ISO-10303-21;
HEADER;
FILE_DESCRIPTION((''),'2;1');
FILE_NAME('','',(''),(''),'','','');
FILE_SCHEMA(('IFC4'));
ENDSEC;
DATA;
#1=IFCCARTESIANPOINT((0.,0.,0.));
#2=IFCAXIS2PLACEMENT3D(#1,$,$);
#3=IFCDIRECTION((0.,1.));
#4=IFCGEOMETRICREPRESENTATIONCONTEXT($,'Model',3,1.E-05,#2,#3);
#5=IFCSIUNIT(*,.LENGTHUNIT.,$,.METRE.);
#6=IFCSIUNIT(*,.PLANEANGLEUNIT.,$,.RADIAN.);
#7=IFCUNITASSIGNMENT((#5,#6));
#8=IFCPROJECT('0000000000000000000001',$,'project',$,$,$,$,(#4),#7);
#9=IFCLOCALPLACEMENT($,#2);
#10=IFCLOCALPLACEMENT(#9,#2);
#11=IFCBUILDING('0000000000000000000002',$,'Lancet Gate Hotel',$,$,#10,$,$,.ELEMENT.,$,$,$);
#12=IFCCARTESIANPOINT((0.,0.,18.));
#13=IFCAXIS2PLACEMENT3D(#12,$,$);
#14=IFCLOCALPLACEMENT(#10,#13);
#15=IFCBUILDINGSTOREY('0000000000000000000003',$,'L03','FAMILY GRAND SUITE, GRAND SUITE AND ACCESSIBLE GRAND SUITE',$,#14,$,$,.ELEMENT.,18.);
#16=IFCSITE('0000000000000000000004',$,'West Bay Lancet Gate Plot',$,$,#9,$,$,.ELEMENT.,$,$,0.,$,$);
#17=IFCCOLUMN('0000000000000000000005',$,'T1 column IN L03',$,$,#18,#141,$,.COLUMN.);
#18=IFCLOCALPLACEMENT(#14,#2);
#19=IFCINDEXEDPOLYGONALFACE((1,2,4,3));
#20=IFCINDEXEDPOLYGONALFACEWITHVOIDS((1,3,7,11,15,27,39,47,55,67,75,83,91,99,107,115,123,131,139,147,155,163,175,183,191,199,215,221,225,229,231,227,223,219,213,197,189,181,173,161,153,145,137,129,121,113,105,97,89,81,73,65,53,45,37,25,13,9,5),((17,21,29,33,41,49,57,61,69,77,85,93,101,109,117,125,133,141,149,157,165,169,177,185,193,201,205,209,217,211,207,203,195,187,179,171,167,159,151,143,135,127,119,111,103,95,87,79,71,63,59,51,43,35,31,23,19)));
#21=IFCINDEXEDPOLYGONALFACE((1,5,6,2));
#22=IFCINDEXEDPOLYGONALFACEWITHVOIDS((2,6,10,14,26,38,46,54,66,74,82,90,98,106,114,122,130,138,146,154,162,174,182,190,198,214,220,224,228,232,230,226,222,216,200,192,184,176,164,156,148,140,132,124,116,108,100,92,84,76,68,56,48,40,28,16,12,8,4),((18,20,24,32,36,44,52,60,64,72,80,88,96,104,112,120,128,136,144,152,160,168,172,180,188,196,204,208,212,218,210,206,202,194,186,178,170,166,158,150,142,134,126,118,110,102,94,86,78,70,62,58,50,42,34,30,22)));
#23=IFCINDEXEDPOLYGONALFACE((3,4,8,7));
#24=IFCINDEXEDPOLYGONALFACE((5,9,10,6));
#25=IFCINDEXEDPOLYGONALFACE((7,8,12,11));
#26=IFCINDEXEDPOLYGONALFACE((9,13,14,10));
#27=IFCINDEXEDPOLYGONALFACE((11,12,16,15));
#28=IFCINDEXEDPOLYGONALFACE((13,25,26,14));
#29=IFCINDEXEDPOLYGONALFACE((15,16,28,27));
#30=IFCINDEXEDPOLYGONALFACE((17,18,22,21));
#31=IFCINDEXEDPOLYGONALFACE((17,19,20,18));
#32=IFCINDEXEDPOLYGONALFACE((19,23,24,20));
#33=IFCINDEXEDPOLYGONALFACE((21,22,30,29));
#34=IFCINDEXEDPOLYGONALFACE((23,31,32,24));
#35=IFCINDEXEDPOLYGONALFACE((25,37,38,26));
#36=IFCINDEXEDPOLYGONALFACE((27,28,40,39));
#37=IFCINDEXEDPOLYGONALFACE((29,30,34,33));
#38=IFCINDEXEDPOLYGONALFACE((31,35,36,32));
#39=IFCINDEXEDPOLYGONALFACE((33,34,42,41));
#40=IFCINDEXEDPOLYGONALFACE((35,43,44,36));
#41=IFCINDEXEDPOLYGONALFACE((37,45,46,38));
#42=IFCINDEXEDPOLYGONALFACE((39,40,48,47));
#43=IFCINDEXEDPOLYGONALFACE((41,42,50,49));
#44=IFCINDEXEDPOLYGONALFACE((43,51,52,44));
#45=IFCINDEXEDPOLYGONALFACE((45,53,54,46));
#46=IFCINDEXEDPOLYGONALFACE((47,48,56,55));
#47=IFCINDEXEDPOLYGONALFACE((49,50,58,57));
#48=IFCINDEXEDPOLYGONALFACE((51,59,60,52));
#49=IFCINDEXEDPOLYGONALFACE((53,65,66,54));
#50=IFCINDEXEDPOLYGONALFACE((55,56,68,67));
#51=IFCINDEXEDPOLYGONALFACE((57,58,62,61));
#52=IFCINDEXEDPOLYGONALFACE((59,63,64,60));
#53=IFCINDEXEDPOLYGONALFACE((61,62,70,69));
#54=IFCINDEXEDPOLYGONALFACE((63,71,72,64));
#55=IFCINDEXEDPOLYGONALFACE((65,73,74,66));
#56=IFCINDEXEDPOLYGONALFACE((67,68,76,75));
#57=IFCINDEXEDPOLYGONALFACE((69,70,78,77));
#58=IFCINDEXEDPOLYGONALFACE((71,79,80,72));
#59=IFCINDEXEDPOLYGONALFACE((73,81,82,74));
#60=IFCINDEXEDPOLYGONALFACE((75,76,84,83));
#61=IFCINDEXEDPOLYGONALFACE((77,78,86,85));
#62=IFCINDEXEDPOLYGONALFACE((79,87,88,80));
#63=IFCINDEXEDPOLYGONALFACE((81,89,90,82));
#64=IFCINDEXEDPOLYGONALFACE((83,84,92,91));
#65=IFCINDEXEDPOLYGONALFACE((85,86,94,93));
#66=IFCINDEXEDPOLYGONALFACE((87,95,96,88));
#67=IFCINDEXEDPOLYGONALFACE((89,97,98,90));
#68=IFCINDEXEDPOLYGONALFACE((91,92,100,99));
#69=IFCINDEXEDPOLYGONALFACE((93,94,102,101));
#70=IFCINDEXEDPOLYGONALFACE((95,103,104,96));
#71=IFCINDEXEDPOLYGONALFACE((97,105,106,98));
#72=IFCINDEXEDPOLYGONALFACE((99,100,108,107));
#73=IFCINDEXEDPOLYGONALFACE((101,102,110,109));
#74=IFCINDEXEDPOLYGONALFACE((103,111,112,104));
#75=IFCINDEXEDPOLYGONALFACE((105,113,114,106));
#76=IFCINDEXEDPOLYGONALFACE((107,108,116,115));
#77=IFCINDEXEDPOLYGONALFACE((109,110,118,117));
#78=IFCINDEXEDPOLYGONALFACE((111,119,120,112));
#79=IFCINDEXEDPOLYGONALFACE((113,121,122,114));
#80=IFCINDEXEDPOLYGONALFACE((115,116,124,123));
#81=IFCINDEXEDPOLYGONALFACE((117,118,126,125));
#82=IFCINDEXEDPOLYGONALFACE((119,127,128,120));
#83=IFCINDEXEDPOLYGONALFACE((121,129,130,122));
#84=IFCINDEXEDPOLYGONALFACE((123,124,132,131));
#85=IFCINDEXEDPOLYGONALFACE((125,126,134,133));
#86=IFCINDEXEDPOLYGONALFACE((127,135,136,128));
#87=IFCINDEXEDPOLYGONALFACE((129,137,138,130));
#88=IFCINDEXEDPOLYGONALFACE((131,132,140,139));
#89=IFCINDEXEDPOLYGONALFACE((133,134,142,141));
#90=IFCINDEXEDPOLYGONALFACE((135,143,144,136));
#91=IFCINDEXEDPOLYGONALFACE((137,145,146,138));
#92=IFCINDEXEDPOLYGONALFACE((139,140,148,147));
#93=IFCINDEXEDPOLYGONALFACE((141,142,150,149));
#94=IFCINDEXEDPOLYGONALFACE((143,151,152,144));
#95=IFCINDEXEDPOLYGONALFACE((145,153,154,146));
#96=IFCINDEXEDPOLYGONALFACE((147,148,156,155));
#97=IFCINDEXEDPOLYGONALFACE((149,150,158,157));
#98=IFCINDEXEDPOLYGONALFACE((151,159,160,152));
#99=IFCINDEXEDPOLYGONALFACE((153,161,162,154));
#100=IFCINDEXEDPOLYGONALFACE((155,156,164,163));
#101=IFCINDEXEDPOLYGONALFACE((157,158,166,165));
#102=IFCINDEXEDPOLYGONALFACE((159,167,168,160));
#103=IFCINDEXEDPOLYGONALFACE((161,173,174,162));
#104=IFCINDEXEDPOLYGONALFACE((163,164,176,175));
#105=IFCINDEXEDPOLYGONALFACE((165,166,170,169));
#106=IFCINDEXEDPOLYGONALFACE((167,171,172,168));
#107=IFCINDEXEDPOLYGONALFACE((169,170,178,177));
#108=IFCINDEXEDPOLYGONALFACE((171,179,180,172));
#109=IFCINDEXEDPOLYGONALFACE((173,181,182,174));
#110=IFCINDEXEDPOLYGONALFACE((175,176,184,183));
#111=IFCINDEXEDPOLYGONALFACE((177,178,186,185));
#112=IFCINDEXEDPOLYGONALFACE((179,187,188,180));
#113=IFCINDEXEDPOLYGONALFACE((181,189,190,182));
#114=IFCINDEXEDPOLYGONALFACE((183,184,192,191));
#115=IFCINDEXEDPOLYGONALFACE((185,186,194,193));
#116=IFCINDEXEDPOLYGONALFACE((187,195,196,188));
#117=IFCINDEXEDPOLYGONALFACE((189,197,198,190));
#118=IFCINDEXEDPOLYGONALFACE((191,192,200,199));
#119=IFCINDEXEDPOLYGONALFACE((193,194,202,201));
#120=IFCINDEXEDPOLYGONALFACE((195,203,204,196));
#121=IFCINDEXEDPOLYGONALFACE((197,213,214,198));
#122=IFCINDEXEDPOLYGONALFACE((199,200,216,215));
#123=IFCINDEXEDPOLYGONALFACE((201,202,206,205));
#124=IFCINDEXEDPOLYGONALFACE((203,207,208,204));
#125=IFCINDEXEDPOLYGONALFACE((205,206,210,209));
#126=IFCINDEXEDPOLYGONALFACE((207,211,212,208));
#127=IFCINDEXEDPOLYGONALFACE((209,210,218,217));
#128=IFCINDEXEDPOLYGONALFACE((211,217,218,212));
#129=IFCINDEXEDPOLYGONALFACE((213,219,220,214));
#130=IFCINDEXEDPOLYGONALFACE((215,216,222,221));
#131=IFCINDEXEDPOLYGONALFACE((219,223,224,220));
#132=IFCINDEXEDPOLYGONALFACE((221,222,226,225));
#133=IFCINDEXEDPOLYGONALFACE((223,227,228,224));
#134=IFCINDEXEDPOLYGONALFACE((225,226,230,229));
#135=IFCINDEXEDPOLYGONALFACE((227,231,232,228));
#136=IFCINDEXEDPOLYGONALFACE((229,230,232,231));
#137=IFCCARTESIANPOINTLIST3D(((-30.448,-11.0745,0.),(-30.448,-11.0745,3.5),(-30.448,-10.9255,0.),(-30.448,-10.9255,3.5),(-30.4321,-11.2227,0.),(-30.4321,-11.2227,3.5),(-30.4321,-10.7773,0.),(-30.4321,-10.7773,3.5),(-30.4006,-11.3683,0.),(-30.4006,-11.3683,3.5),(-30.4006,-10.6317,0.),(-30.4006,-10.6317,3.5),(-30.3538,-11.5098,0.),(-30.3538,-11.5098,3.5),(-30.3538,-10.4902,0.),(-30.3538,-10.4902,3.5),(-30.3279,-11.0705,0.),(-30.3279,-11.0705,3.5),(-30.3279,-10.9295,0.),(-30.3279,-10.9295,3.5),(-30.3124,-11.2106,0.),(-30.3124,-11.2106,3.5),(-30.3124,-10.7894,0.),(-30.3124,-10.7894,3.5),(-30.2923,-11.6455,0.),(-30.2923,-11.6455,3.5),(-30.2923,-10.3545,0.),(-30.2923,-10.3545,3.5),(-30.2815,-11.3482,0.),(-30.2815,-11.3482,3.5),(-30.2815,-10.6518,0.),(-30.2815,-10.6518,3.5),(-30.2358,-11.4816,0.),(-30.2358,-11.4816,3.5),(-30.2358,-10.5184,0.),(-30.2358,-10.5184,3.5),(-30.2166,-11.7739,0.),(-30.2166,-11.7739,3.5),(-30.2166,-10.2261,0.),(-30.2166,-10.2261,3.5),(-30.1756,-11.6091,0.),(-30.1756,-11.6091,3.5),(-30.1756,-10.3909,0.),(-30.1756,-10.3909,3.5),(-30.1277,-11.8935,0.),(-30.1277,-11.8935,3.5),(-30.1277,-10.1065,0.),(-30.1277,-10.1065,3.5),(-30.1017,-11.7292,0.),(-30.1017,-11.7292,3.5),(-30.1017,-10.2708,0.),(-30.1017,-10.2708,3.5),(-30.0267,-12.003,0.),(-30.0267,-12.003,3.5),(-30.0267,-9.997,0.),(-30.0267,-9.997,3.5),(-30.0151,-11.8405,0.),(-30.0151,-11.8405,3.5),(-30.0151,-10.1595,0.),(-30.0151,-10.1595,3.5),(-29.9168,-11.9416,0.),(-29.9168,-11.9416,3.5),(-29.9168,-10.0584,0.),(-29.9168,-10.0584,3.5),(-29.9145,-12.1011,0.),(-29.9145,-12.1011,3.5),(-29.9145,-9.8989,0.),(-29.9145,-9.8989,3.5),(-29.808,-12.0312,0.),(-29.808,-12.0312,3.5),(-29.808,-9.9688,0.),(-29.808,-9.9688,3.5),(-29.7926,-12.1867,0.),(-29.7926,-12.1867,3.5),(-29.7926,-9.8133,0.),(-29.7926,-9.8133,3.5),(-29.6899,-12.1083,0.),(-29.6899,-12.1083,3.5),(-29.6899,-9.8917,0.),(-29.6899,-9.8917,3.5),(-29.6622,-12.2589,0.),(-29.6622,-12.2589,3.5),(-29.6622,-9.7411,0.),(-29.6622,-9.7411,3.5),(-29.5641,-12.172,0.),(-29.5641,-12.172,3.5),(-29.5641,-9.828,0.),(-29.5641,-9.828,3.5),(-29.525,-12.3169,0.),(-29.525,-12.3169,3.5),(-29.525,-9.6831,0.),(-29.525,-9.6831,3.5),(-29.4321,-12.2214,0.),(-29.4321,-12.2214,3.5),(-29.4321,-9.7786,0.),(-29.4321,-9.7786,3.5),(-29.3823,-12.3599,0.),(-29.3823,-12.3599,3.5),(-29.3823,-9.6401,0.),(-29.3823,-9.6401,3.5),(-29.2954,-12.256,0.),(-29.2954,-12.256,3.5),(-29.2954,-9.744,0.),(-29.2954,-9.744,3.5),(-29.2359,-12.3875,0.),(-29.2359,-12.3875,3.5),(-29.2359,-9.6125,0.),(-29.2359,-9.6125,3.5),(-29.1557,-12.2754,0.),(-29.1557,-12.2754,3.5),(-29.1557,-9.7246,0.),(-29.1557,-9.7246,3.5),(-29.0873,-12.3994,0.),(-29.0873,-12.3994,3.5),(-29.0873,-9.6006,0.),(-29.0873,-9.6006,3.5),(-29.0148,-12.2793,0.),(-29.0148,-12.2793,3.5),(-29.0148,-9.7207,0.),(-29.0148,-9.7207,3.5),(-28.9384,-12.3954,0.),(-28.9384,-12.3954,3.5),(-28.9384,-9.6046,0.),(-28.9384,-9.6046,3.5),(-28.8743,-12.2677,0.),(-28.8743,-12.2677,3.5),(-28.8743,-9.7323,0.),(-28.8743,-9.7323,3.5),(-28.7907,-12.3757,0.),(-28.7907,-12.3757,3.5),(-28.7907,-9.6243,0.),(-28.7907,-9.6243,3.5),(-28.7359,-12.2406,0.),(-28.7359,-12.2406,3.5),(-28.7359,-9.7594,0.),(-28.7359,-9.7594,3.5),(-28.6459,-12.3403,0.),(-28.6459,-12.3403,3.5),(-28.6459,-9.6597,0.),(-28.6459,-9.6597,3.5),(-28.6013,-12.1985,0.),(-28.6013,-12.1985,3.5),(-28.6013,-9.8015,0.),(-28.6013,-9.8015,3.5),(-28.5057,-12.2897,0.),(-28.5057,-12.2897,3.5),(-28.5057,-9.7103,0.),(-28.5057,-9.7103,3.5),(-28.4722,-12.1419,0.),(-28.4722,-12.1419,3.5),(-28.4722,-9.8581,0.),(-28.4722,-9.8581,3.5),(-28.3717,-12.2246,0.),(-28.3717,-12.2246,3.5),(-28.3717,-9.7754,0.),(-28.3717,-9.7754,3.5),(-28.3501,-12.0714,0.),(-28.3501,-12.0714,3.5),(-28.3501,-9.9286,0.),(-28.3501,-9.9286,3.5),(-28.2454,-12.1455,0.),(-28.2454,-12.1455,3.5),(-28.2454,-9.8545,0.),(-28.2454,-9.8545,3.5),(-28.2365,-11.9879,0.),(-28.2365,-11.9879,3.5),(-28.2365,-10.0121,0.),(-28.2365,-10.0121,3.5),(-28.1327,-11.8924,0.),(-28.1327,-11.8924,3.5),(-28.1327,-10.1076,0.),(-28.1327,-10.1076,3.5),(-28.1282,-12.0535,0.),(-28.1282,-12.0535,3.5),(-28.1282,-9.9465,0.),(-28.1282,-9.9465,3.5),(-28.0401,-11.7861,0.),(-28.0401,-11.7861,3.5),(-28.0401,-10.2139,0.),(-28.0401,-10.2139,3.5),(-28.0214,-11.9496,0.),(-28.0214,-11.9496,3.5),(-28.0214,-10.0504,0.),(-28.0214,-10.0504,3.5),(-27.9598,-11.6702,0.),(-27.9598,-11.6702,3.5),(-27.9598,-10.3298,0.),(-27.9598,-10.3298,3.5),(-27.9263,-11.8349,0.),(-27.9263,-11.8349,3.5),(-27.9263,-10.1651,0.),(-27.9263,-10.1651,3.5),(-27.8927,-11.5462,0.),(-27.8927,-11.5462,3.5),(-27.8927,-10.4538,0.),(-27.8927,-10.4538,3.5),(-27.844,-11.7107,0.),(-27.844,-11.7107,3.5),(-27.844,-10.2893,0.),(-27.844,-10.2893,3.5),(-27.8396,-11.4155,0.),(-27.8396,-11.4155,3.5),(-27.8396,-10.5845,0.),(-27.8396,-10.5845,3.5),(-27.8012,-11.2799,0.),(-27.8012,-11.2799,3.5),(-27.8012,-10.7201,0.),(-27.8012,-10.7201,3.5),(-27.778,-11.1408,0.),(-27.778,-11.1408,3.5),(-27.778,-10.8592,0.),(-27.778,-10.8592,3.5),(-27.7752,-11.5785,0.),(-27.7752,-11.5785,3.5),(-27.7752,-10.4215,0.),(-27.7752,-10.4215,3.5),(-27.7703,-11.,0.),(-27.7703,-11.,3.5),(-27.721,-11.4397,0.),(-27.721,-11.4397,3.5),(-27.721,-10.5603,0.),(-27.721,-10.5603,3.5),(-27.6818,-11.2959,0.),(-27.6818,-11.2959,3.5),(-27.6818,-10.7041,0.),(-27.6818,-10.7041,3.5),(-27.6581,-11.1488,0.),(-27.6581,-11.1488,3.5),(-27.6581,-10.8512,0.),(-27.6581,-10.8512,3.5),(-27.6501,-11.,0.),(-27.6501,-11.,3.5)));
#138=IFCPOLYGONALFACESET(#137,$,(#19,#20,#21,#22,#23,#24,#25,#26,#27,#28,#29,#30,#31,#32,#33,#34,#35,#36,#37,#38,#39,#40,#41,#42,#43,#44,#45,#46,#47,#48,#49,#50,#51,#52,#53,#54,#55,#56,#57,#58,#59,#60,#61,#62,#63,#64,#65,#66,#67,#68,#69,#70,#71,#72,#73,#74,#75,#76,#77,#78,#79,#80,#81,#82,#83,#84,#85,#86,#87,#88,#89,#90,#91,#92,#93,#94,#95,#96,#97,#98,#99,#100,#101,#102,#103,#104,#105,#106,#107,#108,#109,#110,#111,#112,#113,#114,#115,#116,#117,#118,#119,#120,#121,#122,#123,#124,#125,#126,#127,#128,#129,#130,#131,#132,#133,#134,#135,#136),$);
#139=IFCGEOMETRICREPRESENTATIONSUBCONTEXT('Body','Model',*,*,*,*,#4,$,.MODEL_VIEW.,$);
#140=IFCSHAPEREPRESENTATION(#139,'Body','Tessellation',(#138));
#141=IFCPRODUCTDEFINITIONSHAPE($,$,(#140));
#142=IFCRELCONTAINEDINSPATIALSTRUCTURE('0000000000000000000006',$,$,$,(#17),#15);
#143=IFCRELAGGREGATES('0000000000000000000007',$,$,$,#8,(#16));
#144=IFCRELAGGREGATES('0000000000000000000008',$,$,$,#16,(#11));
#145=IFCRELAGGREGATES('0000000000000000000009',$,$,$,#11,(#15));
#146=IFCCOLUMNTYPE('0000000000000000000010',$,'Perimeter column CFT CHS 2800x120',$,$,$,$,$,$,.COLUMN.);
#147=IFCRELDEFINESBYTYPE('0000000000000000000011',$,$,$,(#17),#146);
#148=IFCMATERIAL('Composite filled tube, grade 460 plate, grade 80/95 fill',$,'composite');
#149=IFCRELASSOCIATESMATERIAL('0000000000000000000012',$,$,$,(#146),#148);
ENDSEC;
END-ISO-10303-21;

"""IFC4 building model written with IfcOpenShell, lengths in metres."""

from ifc_helpers import new_model, si_unit, direction, frame, origin, origin_2d, place, context, subcontext, project, spatial, hollow_circle, extrude, material, material_profile, profile_set, type_object, element, save


model = new_model("IFC4")

# Units and contexts
model_context = context("Model", 3, precision=1e-05, world=origin(), true_north=direction((0.0, 1.0)))
body_context = subcontext(model_context, "Body", "Model", "MODEL_VIEW")
ifc_project = project(units=[si_unit("LENGTHUNIT", "METRE"), si_unit("PLANEANGLEUNIT", "RADIAN")], contexts=[model_context])

# Site, building, storey
site_placement = place(None, origin())
site = spatial("IfcSite", under=ifc_project, at=site_placement, Name="West Bay Lancet Gate Plot", CompositionType="ELEMENT", RefElevation=0.0)
building_placement = place(site_placement, origin())
building = spatial("IfcBuilding", under=site, at=building_placement, Name="Lancet Gate Hotel", CompositionType="ELEMENT")
storey_placement = place(building_placement, frame((0.0, 0.0, 18.0)))
storey = spatial("IfcBuildingStorey", under=building, at=storey_placement, Name="L03", Description="FAMILY GRAND SUITE, GRAND SUITE AND ACCESSIBLE GRAND SUITE", CompositionType="ELEMENT", Elevation=18.0)

# Column
ifc_material_1 = material(Name="Composite filled tube, grade 460 plate, grade 80/95 fill", Category="composite")
ifc_material_profile_1 = material_profile(ifc_material_1, hollow_circle(Radius=1.3999, WallThickness=0.1201, at=origin_2d()), Name="CHS 2800x120")
ifc_profile_set_1 = profile_set([ifc_material_profile_1], Name="Composite filled tube, grade 460 plate, grade 80/95 fill")
column_type = type_object("IfcColumnType", Name="Perimeter column CFT CHS 2800x120", PredefinedType="COLUMN", material=ifc_profile_set_1)
for number, where, z_axis, x_axis, name in (
    (1, (-29.05, -11.0, 0.0), (0.0, 0.0, 1.0), (1.0, 0.0, 0.0), "T1 column IN L03"),
):
    element("IfcColumn", number, at=place(storey_placement, frame(where, z_axis=z_axis, x_axis=x_axis)), inside=storey, type_object=column_type, Name=name, PredefinedType="COLUMN", context=body_context, shape_type="SweptSolid", body=[
        extrude(hollow_circle(Radius=1.3999, WallThickness=0.1201, at=origin_2d()), origin(), (0.0, 0.0, 1.0), 3.5),
    ])

save(model, "model.ifc")
